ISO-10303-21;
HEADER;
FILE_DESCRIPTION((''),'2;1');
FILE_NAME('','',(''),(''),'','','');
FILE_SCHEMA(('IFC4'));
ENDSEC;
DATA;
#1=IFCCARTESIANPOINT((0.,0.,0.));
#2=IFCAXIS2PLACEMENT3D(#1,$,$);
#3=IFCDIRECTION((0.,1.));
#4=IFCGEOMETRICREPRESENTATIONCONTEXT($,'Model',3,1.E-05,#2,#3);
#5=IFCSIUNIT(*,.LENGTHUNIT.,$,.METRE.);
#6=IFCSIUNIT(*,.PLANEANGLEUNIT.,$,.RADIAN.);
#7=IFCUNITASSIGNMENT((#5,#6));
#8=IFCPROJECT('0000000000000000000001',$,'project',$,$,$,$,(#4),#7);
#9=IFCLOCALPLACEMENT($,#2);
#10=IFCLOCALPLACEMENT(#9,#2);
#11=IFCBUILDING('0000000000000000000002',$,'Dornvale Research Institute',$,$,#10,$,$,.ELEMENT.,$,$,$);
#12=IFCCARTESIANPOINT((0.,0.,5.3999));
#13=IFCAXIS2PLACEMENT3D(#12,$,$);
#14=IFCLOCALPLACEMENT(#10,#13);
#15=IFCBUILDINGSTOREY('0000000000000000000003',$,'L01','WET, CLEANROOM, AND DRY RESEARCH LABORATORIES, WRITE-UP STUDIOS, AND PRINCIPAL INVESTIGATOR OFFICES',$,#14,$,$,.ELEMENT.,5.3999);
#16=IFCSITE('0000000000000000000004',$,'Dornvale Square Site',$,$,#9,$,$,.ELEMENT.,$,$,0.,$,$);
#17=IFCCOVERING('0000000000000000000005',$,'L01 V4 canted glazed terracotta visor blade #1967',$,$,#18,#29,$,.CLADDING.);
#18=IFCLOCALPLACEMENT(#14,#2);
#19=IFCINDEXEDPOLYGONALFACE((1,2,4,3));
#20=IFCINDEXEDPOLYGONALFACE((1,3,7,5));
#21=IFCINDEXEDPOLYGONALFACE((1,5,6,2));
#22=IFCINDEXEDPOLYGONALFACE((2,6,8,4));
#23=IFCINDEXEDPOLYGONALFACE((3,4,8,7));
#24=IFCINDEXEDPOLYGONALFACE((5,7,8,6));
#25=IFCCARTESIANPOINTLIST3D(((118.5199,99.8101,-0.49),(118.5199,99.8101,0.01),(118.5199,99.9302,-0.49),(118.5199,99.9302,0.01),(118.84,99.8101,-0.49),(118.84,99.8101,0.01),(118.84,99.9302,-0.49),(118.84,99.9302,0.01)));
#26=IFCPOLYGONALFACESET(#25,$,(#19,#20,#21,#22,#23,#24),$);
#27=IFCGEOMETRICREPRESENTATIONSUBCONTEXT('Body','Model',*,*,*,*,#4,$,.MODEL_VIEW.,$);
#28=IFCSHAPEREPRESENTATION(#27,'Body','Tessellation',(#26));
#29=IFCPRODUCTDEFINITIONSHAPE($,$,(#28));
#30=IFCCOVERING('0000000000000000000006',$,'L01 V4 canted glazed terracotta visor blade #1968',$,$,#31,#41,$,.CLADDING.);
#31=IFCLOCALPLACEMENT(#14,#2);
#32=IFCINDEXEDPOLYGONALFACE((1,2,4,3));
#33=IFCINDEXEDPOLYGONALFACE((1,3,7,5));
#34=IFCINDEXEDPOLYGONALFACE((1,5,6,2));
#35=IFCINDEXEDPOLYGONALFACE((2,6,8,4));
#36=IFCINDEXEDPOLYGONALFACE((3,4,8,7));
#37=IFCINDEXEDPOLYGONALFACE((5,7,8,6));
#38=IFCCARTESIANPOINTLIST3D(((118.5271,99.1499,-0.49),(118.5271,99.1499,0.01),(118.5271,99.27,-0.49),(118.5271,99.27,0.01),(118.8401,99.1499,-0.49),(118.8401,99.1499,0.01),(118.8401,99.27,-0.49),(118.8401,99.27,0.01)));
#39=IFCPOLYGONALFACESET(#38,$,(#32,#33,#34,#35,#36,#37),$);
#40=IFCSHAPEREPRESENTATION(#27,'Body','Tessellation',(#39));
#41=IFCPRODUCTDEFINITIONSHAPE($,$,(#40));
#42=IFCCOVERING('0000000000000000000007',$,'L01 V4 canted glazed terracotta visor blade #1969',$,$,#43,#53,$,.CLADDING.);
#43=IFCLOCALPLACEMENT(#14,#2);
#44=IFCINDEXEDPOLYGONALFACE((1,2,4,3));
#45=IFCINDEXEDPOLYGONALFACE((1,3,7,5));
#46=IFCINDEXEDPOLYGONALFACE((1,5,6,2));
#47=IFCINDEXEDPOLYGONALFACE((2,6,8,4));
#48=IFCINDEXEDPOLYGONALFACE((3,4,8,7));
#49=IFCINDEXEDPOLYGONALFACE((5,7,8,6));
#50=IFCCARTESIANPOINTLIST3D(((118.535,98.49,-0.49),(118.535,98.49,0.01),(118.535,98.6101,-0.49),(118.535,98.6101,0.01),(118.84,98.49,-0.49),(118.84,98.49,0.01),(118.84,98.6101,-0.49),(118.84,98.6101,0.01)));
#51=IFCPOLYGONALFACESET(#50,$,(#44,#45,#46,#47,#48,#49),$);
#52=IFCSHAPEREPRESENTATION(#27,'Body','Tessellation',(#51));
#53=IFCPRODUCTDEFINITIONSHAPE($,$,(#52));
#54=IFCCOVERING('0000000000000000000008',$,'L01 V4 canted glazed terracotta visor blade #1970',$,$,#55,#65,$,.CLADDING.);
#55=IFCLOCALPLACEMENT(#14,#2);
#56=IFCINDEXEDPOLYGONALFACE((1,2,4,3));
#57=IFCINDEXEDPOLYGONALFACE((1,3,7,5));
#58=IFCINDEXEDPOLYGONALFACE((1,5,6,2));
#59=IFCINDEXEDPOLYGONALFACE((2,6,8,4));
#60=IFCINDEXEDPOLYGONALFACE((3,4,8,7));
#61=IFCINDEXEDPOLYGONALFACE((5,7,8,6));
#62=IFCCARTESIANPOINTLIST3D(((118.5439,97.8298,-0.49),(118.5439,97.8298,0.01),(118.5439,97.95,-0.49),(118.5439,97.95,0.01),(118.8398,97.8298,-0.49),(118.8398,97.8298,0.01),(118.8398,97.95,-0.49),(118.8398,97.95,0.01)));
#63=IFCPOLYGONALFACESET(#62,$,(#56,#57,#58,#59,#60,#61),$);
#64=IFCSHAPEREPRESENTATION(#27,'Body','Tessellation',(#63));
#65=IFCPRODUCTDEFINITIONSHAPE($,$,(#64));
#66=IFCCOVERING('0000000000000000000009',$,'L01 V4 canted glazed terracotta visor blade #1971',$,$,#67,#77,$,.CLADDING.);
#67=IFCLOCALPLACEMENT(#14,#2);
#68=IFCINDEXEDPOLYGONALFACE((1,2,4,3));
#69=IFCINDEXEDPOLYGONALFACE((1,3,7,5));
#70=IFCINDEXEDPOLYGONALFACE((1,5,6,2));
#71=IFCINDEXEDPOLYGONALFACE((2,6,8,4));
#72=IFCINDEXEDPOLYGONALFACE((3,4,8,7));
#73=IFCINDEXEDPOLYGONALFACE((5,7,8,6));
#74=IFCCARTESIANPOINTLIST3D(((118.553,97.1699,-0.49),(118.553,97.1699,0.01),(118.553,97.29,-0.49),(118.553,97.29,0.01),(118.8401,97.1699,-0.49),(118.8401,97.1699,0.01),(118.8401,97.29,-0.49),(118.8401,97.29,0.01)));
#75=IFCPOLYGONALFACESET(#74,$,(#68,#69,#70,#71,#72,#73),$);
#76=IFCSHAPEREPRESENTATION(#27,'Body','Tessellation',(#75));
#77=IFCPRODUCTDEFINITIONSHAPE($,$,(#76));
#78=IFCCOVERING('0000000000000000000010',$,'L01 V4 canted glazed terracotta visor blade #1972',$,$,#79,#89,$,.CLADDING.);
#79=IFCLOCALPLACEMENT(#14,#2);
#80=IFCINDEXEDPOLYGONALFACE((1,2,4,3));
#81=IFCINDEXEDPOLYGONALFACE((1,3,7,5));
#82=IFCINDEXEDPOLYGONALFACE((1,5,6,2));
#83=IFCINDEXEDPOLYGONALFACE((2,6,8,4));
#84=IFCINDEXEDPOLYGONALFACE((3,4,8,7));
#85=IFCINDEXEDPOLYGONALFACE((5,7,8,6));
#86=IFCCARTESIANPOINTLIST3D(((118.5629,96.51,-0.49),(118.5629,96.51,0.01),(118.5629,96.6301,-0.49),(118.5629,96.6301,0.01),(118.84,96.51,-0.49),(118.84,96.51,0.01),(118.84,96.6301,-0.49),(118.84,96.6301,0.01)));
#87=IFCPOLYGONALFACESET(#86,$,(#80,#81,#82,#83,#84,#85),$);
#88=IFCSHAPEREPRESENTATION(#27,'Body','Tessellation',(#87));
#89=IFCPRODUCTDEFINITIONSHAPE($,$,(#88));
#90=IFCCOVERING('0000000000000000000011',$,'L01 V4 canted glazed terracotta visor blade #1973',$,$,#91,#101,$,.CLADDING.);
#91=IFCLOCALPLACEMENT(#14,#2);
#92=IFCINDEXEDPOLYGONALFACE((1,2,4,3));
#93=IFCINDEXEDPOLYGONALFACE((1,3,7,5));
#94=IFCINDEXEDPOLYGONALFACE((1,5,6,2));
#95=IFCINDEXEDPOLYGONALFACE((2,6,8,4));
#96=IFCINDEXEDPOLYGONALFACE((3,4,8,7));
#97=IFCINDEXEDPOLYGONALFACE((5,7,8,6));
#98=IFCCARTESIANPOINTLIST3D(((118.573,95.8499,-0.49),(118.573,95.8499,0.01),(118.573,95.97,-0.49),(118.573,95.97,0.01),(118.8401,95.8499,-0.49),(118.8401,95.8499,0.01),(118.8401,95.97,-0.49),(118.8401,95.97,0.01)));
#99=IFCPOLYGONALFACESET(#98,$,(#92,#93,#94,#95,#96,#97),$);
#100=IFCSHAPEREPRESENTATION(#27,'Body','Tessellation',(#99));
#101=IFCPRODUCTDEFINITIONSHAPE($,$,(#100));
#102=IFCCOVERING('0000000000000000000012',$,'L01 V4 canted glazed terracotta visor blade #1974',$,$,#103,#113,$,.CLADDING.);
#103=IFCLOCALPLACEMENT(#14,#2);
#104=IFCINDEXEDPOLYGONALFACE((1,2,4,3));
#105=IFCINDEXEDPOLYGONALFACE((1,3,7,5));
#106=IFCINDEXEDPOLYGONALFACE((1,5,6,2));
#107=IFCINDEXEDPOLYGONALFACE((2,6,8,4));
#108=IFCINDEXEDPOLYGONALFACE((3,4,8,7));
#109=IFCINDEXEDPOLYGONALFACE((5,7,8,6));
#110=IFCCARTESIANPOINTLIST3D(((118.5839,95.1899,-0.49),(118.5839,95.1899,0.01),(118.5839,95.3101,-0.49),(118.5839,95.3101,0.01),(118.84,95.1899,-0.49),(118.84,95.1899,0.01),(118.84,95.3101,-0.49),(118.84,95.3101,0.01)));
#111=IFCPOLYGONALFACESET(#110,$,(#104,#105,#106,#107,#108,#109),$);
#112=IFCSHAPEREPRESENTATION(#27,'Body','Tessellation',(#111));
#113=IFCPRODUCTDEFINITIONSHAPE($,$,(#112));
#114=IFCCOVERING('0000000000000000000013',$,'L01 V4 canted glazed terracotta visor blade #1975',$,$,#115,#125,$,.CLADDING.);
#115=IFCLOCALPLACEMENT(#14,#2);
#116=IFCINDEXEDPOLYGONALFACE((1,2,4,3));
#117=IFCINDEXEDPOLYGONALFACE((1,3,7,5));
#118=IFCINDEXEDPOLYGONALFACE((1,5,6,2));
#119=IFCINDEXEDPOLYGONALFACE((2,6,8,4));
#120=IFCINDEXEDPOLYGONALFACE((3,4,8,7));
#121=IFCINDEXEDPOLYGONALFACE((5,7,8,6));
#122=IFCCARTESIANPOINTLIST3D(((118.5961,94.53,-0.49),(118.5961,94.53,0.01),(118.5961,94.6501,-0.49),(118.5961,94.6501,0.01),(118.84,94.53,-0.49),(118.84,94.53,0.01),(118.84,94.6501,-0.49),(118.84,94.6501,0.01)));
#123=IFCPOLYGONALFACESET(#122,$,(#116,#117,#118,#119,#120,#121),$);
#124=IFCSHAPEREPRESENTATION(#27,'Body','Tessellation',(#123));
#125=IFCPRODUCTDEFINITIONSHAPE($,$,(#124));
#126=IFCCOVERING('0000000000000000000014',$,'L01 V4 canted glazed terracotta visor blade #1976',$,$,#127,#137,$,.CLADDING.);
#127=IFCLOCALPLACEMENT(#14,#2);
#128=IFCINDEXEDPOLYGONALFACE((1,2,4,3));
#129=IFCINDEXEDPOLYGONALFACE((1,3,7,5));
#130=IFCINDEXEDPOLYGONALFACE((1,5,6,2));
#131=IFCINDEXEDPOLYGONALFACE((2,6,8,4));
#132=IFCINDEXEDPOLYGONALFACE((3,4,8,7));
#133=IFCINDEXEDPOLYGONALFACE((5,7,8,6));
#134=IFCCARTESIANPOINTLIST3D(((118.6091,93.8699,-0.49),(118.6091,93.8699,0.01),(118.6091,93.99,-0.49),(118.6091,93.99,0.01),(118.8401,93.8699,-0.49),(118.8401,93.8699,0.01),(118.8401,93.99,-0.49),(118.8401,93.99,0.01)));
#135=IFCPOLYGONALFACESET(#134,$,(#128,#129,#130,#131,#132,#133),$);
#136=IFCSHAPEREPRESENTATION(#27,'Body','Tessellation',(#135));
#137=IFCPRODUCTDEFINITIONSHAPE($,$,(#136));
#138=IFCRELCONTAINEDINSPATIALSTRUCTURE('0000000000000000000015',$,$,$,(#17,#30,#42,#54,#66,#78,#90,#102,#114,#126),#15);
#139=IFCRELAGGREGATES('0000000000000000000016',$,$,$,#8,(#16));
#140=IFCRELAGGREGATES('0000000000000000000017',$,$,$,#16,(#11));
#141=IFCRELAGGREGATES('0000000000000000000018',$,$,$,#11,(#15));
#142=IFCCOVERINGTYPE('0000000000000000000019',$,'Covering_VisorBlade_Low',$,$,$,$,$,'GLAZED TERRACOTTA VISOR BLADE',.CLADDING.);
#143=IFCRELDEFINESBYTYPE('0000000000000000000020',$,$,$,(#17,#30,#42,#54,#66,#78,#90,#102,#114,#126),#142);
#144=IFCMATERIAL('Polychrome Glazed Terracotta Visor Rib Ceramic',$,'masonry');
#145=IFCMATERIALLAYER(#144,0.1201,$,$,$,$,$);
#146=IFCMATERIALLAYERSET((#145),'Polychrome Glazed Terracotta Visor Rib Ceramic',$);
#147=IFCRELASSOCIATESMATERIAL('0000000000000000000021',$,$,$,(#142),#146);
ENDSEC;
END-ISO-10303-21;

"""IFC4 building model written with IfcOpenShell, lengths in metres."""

from ifc_helpers import new_model, si_unit, direction, frame, origin, origin_2d, place, context, subcontext, project, spatial, rectangle, extrude, material, layer, layer_set, type_object, element, save


model = new_model("IFC4")

# Units and contexts
model_context = context("Model", 3, precision=1e-05, world=origin(), true_north=direction((0.0, 1.0)))
body_context = subcontext(model_context, "Body", "Model", "MODEL_VIEW")
ifc_project = project(units=[si_unit("LENGTHUNIT", "METRE"), si_unit("PLANEANGLEUNIT", "RADIAN")], contexts=[model_context])

# Site, building, storey
site_placement = place(None, origin())
site = spatial("IfcSite", under=ifc_project, at=site_placement, Name="Dornvale Square Site", CompositionType="ELEMENT", RefElevation=0.0)
building_placement = place(site_placement, origin())
building = spatial("IfcBuilding", under=site, at=building_placement, Name="Dornvale Research Institute", CompositionType="ELEMENT")
storey_placement = place(building_placement, frame((0.0, 0.0, 5.3999)))
storey = spatial("IfcBuildingStorey", under=building, at=storey_placement, Name="L01", Description="WET, CLEANROOM, AND DRY RESEARCH LABORATORIES, WRITE-UP STUDIOS, AND PRINCIPAL INVESTIGATOR OFFICES", CompositionType="ELEMENT", Elevation=5.3999)

# Coverings
ifc_material_1 = material(Name="Polychrome Glazed Terracotta Visor Rib Ceramic", Category="masonry")
ifc_layer_1 = layer(ifc_material_1, 0.1201)
ifc_layer_set_1 = layer_set([ifc_layer_1], Name="Polychrome Glazed Terracotta Visor Rib Ceramic")
covering_type = type_object("IfcCoveringType", Name="Covering_VisorBlade_Low", ElementType="GLAZED TERRACOTTA VISOR BLADE", PredefinedType="CLADDING", material=ifc_layer_set_1)
covering_1_placement = place(storey_placement, frame((118.6799, 99.8701, -0.49), z_axis=(0.0, 0.0, 1.0), x_axis=(1.0, 0.0, 0.0)))
element("IfcCovering", 1, at=covering_1_placement, inside=storey, type_object=covering_type, Name="L01 V4 canted glazed terracotta visor blade #1967", PredefinedType="CLADDING", context=body_context, shape_type="SweptSolid", body=[
    extrude(rectangle(XDim=0.3201, YDim=0.1201, at=origin_2d()), origin(), (0.0, 0.0, 1.0), 0.5),
])
covering_2_placement = place(storey_placement, frame((118.6836, 99.21, -0.49), z_axis=(0.0, 0.0, 1.0), x_axis=(1.0, 0.0, 0.0)))
element("IfcCovering", 2, at=covering_2_placement, inside=storey, type_object=covering_type, Name="L01 V4 canted glazed terracotta visor blade #1968", PredefinedType="CLADDING", context=body_context, shape_type="SweptSolid", body=[
    extrude(rectangle(XDim=0.313, YDim=0.1201, at=origin_2d()), origin(), (0.0, 0.0, 1.0), 0.5),
])
covering_3_placement = place(storey_placement, frame((118.6875, 98.55, -0.49), z_axis=(0.0, 0.0, 1.0), x_axis=(1.0, 0.0, 0.0)))
element("IfcCovering", 3, at=covering_3_placement, inside=storey, type_object=covering_type, Name="L01 V4 canted glazed terracotta visor blade #1969", PredefinedType="CLADDING", context=body_context, shape_type="SweptSolid", body=[
    extrude(rectangle(XDim=0.3049, YDim=0.1201, at=origin_2d()), origin(), (0.0, 0.0, 1.0), 0.5),
])
covering_4_placement = place(storey_placement, frame((118.6919, 97.8899, -0.49), z_axis=(0.0, 0.0, 1.0), x_axis=(1.0, 0.0, 0.0)))
element("IfcCovering", 4, at=covering_4_placement, inside=storey, type_object=covering_type, Name="L01 V4 canted glazed terracotta visor blade #1970", PredefinedType="CLADDING", context=body_context, shape_type="SweptSolid", body=[
    extrude(rectangle(XDim=0.2959, YDim=0.1201, at=origin_2d()), origin(), (0.0, 0.0, 1.0), 0.5),
])
covering_5_placement = place(storey_placement, frame((118.6965, 97.23, -0.49), z_axis=(0.0, 0.0, 1.0), x_axis=(1.0, 0.0, 0.0)))
element("IfcCovering", 5, at=covering_5_placement, inside=storey, type_object=covering_type, Name="L01 V4 canted glazed terracotta visor blade #1971", PredefinedType="CLADDING", context=body_context, shape_type="SweptSolid", body=[
    extrude(rectangle(XDim=0.2871, YDim=0.1201, at=origin_2d()), origin(), (0.0, 0.0, 1.0), 0.5),
])
covering_6_placement = place(storey_placement, frame((118.7014, 96.5701, -0.49), z_axis=(0.0, 0.0, 1.0), x_axis=(1.0, 0.0, 0.0)))
element("IfcCovering", 6, at=covering_6_placement, inside=storey, type_object=covering_type, Name="L01 V4 canted glazed terracotta visor blade #1972", PredefinedType="CLADDING", context=body_context, shape_type="SweptSolid", body=[
    extrude(rectangle(XDim=0.2771, YDim=0.1201, at=origin_2d()), origin(), (0.0, 0.0, 1.0), 0.5),
])
covering_7_placement = place(storey_placement, frame((118.7065, 95.9099, -0.49), z_axis=(0.0, 0.0, 1.0), x_axis=(1.0, 0.0, 0.0)))
element("IfcCovering", 7, at=covering_7_placement, inside=storey, type_object=covering_type, Name="L01 V4 canted glazed terracotta visor blade #1973", PredefinedType="CLADDING", context=body_context, shape_type="SweptSolid", body=[
    extrude(rectangle(XDim=0.2671, YDim=0.1201, at=origin_2d()), origin(), (0.0, 0.0, 1.0), 0.5),
])
covering_8_placement = place(storey_placement, frame((118.7119, 95.25, -0.49), z_axis=(0.0, 0.0, 1.0), x_axis=(1.0, 0.0, 0.0)))
element("IfcCovering", 8, at=covering_8_placement, inside=storey, type_object=covering_type, Name="L01 V4 canted glazed terracotta visor blade #1974", PredefinedType="CLADDING", context=body_context, shape_type="SweptSolid", body=[
    extrude(rectangle(XDim=0.2561, YDim=0.1201, at=origin_2d()), origin(), (0.0, 0.0, 1.0), 0.5),
])
covering_9_placement = place(storey_placement, frame((118.718, 94.5901, -0.49), z_axis=(0.0, 0.0, 1.0), x_axis=(1.0, 0.0, 0.0)))
element("IfcCovering", 9, at=covering_9_placement, inside=storey, type_object=covering_type, Name="L01 V4 canted glazed terracotta visor blade #1975", PredefinedType="CLADDING", context=body_context, shape_type="SweptSolid", body=[
    extrude(rectangle(XDim=0.2439, YDim=0.1201, at=origin_2d()), origin(), (0.0, 0.0, 1.0), 0.5),
])
covering_10_placement = place(storey_placement, frame((118.7246, 93.9299, -0.49), z_axis=(0.0, 0.0, 1.0), x_axis=(1.0, 0.0, 0.0)))
element("IfcCovering", 10, at=covering_10_placement, inside=storey, type_object=covering_type, Name="L01 V4 canted glazed terracotta visor blade #1976", PredefinedType="CLADDING", context=body_context, shape_type="SweptSolid", body=[
    extrude(rectangle(XDim=0.231, YDim=0.1201, at=origin_2d()), origin(), (0.0, 0.0, 1.0), 0.5),
])

save(model, "model.ifc")
